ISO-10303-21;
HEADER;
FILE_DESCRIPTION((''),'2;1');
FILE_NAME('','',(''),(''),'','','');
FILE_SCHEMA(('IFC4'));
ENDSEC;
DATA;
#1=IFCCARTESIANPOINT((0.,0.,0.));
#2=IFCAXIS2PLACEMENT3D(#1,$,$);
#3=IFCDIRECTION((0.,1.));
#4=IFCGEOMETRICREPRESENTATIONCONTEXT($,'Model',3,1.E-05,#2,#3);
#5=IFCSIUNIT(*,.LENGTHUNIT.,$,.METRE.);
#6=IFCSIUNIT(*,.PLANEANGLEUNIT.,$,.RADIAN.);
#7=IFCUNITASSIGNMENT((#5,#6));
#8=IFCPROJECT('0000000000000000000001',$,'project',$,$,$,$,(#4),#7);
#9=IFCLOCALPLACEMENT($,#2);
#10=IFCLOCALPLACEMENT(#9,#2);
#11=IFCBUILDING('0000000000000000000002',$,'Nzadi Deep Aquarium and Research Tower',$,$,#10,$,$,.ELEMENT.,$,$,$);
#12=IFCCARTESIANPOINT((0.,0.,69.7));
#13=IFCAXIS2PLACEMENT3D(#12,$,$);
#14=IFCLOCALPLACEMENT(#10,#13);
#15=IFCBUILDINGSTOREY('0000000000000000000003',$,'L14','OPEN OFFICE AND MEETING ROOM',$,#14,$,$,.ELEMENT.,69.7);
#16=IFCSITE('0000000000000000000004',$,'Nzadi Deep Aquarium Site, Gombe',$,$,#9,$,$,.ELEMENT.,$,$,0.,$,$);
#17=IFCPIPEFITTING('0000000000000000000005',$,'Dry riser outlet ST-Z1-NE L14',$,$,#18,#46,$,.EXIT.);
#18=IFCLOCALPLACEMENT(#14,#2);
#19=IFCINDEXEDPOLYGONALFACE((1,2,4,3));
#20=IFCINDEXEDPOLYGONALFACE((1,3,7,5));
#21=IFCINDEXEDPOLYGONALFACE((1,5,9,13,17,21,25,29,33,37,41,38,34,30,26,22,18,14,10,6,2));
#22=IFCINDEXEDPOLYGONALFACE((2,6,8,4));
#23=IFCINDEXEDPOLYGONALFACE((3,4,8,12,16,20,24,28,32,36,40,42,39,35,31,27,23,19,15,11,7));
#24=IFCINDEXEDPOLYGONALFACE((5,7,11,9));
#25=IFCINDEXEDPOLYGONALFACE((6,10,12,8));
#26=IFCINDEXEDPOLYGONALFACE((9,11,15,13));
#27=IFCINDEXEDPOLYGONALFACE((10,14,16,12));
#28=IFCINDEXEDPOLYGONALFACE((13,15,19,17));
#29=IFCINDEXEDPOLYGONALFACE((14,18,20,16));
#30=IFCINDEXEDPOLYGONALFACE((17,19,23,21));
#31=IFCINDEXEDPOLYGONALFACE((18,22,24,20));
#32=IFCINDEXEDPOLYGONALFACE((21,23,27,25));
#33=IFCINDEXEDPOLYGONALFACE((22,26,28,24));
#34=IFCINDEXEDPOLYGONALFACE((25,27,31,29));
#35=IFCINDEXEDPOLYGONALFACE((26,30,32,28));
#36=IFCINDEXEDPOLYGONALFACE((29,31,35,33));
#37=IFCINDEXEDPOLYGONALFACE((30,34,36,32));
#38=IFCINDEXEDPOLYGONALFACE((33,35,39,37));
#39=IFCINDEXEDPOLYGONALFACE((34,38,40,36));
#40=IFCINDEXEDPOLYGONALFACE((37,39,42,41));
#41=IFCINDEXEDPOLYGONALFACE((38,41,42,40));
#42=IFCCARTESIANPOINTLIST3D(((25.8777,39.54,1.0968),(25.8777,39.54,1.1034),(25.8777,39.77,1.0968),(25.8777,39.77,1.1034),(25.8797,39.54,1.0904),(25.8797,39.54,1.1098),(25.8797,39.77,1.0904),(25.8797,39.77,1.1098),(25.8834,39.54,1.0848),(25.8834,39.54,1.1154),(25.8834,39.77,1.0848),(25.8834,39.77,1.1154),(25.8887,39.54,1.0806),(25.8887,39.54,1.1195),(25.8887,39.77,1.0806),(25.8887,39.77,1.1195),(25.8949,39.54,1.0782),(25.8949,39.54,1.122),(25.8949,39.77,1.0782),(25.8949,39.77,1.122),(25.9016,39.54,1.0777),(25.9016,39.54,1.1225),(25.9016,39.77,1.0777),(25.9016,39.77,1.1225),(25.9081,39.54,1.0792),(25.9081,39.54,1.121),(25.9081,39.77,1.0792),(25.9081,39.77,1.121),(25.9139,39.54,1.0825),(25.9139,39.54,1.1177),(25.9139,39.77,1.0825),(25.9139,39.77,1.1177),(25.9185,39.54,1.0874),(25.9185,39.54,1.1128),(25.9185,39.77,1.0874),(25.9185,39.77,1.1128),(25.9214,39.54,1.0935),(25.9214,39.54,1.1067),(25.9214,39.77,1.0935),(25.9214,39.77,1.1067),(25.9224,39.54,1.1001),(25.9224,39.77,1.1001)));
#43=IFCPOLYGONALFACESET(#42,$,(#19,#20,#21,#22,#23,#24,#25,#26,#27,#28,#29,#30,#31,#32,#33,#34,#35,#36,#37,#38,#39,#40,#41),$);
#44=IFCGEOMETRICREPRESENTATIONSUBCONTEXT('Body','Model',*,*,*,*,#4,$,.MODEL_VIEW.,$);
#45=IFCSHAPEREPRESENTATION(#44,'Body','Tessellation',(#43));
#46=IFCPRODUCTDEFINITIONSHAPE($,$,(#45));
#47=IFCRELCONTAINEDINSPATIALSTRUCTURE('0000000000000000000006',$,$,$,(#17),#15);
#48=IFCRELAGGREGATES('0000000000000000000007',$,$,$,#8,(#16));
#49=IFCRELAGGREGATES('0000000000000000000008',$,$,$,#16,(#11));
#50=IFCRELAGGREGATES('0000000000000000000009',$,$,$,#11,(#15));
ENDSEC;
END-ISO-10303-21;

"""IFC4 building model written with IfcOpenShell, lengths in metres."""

from ifc_helpers import new_model, si_unit, direction, frame, origin, origin_2d, place, context, subcontext, project, spatial, circle, extrude, element, save


model = new_model("IFC4")

# Units and contexts
model_context = context("Model", 3, precision=1e-05, world=origin(), true_north=direction((0.0, 1.0)))
body_context = subcontext(model_context, "Body", "Model", "MODEL_VIEW")
ifc_project = project(units=[si_unit("LENGTHUNIT", "METRE"), si_unit("PLANEANGLEUNIT", "RADIAN")], contexts=[model_context])

# Site, building, storey
site_placement = place(None, origin())
site = spatial("IfcSite", under=ifc_project, at=site_placement, Name="Nzadi Deep Aquarium Site, Gombe", CompositionType="ELEMENT", RefElevation=0.0)
building_placement = place(site_placement, origin())
building = spatial("IfcBuilding", under=site, at=building_placement, Name="Nzadi Deep Aquarium and Research Tower", CompositionType="ELEMENT")
storey_placement = place(building_placement, frame((0.0, 0.0, 69.7)))
storey = spatial("IfcBuildingStorey", under=building, at=storey_placement, Name="L14", Description="OPEN OFFICE AND MEETING ROOM", CompositionType="ELEMENT", Elevation=69.7)

# Pipe fitting
pipe_fitting_placement = place(storey_placement, frame((25.8999, 39.77, 1.1001), z_axis=(0.0, -1.0, 0.0), x_axis=(1.0, 0.0, 0.0)))
element("IfcPipeFitting", 1, at=pipe_fitting_placement, inside=storey, Name="Dry riser outlet ST-Z1-NE L14", PredefinedType="EXIT", context=body_context, shape_type="SweptSolid", body=[
    extrude(circle(Radius=0.0225, at=origin_2d()), origin(), (0.0, 0.0, 1.0), 0.23),
])

save(model, "model.ifc")
